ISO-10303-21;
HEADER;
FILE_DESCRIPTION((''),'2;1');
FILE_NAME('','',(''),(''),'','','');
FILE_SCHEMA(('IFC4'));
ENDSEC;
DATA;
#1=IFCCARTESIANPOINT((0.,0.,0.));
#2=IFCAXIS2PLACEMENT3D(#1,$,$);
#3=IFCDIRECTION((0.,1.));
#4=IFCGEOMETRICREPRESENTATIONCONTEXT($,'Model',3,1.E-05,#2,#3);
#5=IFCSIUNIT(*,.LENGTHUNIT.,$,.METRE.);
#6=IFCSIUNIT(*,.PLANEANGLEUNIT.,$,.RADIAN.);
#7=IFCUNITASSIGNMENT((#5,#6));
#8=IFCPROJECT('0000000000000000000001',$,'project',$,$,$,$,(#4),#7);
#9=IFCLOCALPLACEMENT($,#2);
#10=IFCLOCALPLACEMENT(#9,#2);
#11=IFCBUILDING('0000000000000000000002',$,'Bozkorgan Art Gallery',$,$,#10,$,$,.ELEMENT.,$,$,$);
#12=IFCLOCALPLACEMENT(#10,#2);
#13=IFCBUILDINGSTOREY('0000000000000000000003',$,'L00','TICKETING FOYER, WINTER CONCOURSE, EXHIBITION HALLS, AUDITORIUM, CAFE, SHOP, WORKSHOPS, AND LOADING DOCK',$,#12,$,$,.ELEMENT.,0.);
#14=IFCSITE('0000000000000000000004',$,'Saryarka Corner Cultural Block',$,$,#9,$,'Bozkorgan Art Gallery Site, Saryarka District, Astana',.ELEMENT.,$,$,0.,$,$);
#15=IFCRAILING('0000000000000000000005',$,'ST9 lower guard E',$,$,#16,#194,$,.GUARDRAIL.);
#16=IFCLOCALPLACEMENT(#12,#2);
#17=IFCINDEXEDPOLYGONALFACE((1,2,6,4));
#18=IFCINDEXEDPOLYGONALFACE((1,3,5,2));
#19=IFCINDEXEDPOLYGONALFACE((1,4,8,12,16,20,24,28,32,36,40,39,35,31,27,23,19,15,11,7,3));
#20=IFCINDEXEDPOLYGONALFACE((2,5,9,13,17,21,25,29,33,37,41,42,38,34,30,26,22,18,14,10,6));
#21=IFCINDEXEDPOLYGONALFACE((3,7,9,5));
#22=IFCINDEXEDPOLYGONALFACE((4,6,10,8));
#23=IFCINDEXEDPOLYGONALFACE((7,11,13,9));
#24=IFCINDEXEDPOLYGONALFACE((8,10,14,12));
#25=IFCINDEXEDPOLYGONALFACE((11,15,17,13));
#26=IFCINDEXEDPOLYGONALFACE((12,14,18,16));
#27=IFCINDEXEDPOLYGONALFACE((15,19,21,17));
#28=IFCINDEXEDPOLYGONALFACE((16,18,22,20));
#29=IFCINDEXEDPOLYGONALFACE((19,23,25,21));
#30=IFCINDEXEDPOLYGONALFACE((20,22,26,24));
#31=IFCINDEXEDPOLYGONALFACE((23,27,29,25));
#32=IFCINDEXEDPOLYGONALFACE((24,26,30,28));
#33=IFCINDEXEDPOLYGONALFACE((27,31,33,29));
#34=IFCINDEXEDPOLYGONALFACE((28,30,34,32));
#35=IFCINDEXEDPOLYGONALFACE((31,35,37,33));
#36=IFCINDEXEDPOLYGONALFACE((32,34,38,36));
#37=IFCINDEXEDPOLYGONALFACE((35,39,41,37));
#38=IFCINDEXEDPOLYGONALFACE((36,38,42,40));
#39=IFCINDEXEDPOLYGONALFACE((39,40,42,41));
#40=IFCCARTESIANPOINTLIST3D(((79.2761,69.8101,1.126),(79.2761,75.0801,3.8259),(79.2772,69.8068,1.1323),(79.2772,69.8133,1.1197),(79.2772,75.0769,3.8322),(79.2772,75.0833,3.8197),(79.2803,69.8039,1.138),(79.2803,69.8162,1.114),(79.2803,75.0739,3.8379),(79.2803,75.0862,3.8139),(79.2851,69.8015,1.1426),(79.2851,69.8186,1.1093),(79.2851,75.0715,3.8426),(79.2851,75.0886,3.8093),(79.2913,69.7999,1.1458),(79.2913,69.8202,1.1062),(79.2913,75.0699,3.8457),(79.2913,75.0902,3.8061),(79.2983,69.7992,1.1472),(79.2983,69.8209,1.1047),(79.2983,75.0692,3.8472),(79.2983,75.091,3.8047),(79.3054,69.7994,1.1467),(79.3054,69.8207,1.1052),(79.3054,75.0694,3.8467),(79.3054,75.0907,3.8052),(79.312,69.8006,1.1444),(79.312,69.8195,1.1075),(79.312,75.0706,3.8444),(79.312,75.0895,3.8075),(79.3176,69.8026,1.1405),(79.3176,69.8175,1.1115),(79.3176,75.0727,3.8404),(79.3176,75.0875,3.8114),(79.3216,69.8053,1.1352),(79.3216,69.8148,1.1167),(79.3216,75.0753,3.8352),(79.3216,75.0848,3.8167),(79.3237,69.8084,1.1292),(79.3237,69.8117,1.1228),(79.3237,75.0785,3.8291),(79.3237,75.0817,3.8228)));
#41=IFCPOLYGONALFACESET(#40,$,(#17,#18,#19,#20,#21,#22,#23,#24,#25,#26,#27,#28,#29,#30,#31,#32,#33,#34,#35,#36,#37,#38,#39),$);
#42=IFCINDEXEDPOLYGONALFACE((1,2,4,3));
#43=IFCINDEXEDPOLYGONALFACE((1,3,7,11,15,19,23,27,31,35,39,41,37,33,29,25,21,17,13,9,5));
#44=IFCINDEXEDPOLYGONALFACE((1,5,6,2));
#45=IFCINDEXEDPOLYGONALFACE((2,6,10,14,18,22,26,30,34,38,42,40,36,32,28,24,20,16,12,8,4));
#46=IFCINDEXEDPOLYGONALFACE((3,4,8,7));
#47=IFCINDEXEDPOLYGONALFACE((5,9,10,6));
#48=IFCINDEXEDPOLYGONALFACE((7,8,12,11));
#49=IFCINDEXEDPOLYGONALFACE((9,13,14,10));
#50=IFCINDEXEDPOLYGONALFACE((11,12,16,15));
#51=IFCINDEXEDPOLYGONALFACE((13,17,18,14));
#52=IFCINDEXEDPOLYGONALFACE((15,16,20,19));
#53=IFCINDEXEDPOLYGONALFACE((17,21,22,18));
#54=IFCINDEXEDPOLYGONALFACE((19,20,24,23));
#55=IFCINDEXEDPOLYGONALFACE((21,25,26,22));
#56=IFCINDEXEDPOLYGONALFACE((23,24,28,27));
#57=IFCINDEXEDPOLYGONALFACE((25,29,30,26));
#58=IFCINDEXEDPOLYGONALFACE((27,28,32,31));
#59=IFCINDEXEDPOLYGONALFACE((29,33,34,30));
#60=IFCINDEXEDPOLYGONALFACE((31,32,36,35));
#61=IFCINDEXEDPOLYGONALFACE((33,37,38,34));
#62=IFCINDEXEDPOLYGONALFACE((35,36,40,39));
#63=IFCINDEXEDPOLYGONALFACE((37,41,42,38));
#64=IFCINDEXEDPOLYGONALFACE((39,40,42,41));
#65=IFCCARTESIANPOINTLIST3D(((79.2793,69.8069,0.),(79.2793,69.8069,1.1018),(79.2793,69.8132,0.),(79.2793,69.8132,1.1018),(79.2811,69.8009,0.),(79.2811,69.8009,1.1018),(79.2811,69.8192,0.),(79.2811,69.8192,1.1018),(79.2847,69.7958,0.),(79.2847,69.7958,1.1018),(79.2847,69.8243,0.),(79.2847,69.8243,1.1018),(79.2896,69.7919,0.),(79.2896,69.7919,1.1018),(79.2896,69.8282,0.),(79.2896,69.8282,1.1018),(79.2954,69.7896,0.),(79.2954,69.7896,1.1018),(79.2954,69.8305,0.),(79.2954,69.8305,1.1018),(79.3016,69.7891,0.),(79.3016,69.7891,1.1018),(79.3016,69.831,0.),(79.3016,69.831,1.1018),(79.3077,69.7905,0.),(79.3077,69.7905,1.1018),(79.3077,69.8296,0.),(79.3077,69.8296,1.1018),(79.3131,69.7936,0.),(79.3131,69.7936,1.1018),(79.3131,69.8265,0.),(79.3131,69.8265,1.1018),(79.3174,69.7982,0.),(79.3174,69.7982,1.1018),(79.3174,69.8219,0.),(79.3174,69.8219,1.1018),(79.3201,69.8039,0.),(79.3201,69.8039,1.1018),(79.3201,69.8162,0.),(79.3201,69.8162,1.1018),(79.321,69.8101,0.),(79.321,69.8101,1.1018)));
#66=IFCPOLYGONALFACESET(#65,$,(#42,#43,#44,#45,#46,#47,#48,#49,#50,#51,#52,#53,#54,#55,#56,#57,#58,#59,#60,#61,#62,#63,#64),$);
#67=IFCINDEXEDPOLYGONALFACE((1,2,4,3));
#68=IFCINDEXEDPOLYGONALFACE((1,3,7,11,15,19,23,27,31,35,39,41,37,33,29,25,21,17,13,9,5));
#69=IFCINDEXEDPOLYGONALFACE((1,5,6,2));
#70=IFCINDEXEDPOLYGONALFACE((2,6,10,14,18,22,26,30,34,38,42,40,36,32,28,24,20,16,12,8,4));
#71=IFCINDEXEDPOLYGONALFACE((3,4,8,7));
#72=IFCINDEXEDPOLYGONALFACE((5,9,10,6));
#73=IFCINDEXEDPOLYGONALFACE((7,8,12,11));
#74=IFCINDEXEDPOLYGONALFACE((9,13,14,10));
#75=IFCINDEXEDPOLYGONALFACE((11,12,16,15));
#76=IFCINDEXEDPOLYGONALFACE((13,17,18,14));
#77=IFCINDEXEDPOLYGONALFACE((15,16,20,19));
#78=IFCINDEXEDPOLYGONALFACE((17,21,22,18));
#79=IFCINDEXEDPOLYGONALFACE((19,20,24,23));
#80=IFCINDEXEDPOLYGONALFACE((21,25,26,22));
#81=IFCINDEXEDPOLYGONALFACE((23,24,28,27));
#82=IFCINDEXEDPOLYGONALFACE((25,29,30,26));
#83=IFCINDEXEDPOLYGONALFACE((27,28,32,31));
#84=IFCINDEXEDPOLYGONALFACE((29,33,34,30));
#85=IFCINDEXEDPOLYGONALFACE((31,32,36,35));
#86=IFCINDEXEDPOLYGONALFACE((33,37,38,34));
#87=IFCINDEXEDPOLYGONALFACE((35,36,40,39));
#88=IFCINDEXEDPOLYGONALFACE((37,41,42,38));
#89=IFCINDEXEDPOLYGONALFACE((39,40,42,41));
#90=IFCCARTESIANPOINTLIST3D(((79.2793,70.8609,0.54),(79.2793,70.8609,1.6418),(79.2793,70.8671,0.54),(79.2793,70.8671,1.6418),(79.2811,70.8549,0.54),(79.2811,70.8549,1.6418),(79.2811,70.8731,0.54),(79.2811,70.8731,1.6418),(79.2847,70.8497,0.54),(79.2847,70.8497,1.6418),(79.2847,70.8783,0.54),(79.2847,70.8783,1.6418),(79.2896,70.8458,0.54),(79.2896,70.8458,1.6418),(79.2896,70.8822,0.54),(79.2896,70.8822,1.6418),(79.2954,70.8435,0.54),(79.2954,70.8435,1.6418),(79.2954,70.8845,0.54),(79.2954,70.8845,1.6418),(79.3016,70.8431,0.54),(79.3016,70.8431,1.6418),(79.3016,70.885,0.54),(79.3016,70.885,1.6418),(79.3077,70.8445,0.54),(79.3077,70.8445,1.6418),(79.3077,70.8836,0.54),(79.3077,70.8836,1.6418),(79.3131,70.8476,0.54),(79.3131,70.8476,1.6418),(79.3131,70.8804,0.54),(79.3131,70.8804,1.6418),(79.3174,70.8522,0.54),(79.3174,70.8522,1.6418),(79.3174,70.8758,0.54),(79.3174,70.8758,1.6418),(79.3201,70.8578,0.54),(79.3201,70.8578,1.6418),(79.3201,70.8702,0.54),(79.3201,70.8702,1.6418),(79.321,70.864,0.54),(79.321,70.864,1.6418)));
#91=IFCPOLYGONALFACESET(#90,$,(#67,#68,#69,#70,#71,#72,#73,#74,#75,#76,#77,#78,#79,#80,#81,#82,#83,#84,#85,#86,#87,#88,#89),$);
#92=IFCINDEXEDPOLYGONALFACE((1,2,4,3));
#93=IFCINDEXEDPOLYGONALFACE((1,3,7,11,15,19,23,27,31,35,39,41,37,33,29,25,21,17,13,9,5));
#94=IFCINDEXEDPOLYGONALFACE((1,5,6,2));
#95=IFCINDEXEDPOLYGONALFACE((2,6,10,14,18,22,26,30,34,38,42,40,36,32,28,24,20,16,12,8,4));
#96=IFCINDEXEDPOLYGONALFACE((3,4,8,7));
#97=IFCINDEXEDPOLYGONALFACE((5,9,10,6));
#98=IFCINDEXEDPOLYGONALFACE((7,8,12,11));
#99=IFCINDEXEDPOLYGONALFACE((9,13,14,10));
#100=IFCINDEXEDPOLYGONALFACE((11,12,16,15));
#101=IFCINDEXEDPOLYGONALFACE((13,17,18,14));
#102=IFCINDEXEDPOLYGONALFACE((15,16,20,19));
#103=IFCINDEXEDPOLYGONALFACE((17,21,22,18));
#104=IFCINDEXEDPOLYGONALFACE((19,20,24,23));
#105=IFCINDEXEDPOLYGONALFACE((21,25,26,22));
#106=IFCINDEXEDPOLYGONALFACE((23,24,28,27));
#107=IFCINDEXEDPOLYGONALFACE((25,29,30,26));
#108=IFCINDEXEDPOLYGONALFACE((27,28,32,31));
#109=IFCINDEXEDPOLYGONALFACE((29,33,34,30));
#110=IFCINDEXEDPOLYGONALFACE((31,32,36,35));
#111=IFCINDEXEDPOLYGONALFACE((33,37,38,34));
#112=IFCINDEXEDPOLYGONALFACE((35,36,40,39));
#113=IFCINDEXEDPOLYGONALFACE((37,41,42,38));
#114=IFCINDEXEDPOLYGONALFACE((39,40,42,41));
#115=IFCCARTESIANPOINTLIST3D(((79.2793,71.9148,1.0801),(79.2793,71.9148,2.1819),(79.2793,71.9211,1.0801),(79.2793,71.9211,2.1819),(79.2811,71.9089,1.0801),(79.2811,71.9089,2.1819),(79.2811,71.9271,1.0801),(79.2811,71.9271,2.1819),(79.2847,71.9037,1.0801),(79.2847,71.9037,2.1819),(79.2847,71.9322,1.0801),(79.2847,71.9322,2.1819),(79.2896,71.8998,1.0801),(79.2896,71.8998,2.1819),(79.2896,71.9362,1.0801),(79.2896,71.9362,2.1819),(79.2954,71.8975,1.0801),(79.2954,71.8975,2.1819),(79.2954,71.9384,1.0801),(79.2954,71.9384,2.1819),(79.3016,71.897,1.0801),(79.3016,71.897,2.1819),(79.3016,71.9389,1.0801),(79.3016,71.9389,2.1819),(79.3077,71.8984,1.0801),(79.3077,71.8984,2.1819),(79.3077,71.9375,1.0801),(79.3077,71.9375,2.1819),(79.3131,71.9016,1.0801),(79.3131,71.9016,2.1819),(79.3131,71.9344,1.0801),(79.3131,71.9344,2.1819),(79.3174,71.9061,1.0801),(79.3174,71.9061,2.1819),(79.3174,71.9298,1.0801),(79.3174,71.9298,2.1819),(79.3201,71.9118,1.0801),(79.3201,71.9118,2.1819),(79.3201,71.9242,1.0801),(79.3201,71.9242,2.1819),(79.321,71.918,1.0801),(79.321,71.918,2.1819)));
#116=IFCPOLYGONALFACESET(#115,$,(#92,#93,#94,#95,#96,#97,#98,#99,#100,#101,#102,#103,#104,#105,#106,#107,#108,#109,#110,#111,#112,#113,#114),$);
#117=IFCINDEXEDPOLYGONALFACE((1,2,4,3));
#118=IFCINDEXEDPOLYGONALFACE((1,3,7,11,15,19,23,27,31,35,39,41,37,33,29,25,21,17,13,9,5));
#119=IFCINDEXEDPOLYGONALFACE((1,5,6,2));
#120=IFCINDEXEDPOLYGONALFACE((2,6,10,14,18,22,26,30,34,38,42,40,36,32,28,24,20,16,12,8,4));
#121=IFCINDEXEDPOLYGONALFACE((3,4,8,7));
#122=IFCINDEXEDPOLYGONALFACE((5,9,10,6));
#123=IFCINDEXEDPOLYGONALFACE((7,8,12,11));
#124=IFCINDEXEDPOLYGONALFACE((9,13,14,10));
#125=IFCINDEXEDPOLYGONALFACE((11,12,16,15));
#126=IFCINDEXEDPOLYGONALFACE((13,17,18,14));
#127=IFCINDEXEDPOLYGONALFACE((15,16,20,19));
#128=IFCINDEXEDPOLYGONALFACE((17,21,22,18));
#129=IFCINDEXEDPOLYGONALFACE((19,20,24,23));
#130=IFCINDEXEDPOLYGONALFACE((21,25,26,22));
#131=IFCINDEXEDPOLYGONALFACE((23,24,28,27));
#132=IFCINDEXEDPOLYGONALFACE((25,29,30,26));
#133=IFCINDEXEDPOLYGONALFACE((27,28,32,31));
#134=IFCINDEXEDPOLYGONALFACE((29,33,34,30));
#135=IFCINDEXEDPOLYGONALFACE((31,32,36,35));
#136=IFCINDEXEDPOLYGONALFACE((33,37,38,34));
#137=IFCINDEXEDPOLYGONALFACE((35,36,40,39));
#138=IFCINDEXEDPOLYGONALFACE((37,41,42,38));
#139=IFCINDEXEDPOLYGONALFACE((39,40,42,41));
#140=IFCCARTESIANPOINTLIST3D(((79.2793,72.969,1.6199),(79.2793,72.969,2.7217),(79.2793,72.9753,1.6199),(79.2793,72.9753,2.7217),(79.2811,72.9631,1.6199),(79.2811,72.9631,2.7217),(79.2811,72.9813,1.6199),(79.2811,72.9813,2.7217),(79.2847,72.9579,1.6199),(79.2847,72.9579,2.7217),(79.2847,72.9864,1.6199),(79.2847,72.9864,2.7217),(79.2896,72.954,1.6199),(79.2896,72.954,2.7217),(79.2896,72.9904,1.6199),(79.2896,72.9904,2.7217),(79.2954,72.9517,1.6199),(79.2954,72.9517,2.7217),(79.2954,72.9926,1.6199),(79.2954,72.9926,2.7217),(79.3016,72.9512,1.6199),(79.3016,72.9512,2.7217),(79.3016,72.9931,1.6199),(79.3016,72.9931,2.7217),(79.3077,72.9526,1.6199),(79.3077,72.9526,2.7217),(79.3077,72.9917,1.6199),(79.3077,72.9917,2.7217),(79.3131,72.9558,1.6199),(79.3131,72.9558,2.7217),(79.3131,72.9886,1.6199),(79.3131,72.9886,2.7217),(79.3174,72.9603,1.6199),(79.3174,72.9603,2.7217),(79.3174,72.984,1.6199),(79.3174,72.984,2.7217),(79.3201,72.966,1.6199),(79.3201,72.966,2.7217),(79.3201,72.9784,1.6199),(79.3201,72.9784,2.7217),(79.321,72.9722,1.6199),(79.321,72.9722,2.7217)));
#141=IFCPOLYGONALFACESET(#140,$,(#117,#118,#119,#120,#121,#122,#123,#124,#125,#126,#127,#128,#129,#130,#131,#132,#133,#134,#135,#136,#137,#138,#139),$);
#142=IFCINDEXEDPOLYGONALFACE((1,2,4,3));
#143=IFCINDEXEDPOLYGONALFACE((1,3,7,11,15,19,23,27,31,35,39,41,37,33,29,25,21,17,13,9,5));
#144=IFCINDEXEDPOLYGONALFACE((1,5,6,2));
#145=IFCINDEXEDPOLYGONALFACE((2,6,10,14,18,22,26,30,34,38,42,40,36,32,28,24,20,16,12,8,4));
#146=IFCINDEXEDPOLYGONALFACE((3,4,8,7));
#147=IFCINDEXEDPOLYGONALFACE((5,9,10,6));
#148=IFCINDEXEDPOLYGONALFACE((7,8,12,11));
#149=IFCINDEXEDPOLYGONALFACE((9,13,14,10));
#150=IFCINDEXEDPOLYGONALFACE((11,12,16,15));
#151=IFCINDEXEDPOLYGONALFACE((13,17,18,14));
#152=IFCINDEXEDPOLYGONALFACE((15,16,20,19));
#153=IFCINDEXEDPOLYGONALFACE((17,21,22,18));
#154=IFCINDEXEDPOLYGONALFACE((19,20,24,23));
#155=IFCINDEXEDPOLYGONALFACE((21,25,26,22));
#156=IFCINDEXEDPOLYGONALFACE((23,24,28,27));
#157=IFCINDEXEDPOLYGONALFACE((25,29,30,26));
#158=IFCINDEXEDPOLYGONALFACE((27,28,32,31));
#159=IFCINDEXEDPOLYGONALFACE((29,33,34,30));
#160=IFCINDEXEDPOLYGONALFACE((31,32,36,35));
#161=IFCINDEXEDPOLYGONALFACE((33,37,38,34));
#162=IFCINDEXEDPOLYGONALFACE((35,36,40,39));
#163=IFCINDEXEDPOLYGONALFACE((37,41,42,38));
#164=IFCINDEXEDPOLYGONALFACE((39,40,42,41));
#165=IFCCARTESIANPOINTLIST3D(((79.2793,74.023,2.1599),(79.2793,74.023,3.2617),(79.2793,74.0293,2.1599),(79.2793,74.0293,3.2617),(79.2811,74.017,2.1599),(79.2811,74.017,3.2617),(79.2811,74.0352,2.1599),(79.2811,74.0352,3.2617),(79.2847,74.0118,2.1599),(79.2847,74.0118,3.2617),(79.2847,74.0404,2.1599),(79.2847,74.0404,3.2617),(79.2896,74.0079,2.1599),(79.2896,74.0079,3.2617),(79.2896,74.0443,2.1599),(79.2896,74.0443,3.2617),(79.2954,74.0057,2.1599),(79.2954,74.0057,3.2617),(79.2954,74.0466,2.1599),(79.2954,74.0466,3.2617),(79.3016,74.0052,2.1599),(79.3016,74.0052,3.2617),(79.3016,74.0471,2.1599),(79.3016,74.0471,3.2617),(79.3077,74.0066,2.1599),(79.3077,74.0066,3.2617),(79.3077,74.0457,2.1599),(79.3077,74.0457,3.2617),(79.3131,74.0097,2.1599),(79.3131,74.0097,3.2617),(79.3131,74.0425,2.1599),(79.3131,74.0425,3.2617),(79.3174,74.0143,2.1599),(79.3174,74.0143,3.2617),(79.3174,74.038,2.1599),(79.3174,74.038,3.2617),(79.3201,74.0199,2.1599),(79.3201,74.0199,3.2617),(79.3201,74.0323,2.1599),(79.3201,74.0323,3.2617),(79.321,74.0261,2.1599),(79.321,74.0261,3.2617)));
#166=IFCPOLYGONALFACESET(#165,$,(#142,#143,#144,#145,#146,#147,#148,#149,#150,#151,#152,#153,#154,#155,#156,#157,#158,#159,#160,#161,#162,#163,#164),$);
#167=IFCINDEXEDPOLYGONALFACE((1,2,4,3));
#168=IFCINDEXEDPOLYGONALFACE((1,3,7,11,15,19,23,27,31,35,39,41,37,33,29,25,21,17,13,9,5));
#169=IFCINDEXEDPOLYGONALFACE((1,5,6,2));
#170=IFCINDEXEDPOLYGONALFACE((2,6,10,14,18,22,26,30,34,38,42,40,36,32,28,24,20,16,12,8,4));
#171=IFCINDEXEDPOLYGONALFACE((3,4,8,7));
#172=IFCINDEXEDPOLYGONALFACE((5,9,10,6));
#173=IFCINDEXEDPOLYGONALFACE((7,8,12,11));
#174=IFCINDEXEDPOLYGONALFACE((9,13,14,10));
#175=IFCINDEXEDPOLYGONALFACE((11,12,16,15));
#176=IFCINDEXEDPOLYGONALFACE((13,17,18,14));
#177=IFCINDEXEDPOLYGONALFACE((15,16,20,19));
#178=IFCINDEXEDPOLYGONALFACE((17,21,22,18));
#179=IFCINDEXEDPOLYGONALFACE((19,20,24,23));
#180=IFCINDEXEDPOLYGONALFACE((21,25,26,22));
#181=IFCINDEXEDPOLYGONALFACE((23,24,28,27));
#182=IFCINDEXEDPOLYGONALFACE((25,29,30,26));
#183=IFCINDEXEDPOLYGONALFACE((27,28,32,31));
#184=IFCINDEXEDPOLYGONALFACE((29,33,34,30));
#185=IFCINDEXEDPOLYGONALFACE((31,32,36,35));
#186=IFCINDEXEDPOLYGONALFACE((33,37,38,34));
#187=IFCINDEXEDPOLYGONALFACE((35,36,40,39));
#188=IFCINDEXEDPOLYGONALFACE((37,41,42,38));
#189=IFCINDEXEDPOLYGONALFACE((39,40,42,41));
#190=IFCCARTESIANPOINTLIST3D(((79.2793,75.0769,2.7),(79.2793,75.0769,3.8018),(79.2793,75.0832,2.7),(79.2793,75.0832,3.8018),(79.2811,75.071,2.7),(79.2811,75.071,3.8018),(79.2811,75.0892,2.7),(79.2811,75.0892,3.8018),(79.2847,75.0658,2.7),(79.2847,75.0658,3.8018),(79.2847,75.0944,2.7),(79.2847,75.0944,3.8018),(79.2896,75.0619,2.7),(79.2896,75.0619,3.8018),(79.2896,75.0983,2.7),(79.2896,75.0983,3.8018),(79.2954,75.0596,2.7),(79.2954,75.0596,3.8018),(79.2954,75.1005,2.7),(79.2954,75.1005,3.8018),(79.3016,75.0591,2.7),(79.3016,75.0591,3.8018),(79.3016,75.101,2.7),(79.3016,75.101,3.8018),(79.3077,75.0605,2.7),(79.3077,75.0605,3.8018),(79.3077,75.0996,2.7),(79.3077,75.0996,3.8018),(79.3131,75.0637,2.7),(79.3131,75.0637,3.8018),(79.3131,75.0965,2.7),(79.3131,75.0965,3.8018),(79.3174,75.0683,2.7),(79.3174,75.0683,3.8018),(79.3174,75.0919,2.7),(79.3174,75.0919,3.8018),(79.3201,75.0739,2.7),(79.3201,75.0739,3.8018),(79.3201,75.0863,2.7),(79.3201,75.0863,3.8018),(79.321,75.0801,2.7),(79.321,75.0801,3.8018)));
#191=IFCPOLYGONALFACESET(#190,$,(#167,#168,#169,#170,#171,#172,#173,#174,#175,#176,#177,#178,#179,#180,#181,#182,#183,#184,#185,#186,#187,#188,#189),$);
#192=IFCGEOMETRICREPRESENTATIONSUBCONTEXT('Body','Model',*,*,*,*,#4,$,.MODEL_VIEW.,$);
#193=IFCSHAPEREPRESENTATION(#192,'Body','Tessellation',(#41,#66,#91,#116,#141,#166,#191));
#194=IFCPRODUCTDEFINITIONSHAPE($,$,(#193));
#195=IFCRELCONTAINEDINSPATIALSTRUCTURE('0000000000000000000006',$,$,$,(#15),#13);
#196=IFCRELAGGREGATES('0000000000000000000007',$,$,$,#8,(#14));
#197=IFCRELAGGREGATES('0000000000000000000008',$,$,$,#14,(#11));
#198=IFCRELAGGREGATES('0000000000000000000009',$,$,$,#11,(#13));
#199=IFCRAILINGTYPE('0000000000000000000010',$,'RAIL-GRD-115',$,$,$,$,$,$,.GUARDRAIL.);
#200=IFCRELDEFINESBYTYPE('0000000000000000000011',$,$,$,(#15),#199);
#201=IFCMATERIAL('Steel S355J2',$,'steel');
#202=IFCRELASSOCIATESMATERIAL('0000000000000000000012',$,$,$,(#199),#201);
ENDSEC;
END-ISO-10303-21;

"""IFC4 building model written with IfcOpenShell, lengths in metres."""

from ifc_helpers import new_model, si_unit, direction, frame, origin, origin_2d, place, context, subcontext, project, spatial, circle, extrude, material, type_object, element, save


model = new_model("IFC4")

# Units and contexts
model_context = context("Model", 3, precision=1e-05, world=origin(), true_north=direction((0.0, 1.0)))
body_context = subcontext(model_context, "Body", "Model", "MODEL_VIEW")
ifc_project = project(units=[si_unit("LENGTHUNIT", "METRE"), si_unit("PLANEANGLEUNIT", "RADIAN")], contexts=[model_context])

# Site, building, storey
site_placement = place(None, origin())
site = spatial("IfcSite", under=ifc_project, at=site_placement, Name="Saryarka Corner Cultural Block", LongName="Bozkorgan Art Gallery Site, Saryarka District, Astana", CompositionType="ELEMENT", RefElevation=0.0)
building_placement = place(site_placement, origin())
building = spatial("IfcBuilding", under=site, at=building_placement, Name="Bozkorgan Art Gallery", CompositionType="ELEMENT")
storey_placement = place(building_placement, origin())
storey = spatial("IfcBuildingStorey", under=building, at=storey_placement, Name="L00", Description="TICKETING FOYER, WINTER CONCOURSE, EXHIBITION HALLS, AUDITORIUM, CAFE, SHOP, WORKSHOPS, AND LOADING DOCK", CompositionType="ELEMENT", Elevation=0.0)

# Shared definitions
ifc_material_1 = material(Name="Steel S355J2", Category="steel")

# Railing
railing_type_1 = type_object("IfcRailingType", Name="RAIL-GRD-115", PredefinedType="GUARDRAIL", material=ifc_material_1)
railing_1_placement = place(storey_placement, frame((79.3, 69.8101, 0.0)))
element("IfcRailing", 1, at=railing_1_placement, inside=storey, type_object=railing_type_1, Name="ST9 lower guard E", PredefinedType="GUARDRAIL", context=body_context, shape_type="SweptSolid", body=[
    extrude(circle(Radius=0.0239, at=origin_2d()), frame((0.0, 0.0, 1.126), z_axis=(0.0, 0.889997, 0.455966), x_axis=(-1.0, 0.0, 0.0)), (0.0, 0.0, 1.0), 5.9214),
    extrude(circle(Radius=0.021, at=origin_2d()), origin(), (0.0, 0.0, 1.0), 1.1018),
    extrude(circle(Radius=0.021, at=origin_2d()), frame((0.0, 1.054, 0.54)), (0.0, 0.0, 1.0), 1.1018),
    extrude(circle(Radius=0.021, at=origin_2d()), frame((0.0, 2.1079, 1.0801)), (0.0, 0.0, 1.0), 1.1018),
    extrude(circle(Radius=0.021, at=origin_2d()), frame((0.0, 3.1621, 1.6199)), (0.0, 0.0, 1.0), 1.1018),
    extrude(circle(Radius=0.021, at=origin_2d()), frame((0.0, 4.2161, 2.1599)), (0.0, 0.0, 1.0), 1.1018),
    extrude(circle(Radius=0.021, at=origin_2d()), frame((0.0, 5.27, 2.7)), (0.0, 0.0, 1.0), 1.1018),
])

save(model, "model.ifc")
